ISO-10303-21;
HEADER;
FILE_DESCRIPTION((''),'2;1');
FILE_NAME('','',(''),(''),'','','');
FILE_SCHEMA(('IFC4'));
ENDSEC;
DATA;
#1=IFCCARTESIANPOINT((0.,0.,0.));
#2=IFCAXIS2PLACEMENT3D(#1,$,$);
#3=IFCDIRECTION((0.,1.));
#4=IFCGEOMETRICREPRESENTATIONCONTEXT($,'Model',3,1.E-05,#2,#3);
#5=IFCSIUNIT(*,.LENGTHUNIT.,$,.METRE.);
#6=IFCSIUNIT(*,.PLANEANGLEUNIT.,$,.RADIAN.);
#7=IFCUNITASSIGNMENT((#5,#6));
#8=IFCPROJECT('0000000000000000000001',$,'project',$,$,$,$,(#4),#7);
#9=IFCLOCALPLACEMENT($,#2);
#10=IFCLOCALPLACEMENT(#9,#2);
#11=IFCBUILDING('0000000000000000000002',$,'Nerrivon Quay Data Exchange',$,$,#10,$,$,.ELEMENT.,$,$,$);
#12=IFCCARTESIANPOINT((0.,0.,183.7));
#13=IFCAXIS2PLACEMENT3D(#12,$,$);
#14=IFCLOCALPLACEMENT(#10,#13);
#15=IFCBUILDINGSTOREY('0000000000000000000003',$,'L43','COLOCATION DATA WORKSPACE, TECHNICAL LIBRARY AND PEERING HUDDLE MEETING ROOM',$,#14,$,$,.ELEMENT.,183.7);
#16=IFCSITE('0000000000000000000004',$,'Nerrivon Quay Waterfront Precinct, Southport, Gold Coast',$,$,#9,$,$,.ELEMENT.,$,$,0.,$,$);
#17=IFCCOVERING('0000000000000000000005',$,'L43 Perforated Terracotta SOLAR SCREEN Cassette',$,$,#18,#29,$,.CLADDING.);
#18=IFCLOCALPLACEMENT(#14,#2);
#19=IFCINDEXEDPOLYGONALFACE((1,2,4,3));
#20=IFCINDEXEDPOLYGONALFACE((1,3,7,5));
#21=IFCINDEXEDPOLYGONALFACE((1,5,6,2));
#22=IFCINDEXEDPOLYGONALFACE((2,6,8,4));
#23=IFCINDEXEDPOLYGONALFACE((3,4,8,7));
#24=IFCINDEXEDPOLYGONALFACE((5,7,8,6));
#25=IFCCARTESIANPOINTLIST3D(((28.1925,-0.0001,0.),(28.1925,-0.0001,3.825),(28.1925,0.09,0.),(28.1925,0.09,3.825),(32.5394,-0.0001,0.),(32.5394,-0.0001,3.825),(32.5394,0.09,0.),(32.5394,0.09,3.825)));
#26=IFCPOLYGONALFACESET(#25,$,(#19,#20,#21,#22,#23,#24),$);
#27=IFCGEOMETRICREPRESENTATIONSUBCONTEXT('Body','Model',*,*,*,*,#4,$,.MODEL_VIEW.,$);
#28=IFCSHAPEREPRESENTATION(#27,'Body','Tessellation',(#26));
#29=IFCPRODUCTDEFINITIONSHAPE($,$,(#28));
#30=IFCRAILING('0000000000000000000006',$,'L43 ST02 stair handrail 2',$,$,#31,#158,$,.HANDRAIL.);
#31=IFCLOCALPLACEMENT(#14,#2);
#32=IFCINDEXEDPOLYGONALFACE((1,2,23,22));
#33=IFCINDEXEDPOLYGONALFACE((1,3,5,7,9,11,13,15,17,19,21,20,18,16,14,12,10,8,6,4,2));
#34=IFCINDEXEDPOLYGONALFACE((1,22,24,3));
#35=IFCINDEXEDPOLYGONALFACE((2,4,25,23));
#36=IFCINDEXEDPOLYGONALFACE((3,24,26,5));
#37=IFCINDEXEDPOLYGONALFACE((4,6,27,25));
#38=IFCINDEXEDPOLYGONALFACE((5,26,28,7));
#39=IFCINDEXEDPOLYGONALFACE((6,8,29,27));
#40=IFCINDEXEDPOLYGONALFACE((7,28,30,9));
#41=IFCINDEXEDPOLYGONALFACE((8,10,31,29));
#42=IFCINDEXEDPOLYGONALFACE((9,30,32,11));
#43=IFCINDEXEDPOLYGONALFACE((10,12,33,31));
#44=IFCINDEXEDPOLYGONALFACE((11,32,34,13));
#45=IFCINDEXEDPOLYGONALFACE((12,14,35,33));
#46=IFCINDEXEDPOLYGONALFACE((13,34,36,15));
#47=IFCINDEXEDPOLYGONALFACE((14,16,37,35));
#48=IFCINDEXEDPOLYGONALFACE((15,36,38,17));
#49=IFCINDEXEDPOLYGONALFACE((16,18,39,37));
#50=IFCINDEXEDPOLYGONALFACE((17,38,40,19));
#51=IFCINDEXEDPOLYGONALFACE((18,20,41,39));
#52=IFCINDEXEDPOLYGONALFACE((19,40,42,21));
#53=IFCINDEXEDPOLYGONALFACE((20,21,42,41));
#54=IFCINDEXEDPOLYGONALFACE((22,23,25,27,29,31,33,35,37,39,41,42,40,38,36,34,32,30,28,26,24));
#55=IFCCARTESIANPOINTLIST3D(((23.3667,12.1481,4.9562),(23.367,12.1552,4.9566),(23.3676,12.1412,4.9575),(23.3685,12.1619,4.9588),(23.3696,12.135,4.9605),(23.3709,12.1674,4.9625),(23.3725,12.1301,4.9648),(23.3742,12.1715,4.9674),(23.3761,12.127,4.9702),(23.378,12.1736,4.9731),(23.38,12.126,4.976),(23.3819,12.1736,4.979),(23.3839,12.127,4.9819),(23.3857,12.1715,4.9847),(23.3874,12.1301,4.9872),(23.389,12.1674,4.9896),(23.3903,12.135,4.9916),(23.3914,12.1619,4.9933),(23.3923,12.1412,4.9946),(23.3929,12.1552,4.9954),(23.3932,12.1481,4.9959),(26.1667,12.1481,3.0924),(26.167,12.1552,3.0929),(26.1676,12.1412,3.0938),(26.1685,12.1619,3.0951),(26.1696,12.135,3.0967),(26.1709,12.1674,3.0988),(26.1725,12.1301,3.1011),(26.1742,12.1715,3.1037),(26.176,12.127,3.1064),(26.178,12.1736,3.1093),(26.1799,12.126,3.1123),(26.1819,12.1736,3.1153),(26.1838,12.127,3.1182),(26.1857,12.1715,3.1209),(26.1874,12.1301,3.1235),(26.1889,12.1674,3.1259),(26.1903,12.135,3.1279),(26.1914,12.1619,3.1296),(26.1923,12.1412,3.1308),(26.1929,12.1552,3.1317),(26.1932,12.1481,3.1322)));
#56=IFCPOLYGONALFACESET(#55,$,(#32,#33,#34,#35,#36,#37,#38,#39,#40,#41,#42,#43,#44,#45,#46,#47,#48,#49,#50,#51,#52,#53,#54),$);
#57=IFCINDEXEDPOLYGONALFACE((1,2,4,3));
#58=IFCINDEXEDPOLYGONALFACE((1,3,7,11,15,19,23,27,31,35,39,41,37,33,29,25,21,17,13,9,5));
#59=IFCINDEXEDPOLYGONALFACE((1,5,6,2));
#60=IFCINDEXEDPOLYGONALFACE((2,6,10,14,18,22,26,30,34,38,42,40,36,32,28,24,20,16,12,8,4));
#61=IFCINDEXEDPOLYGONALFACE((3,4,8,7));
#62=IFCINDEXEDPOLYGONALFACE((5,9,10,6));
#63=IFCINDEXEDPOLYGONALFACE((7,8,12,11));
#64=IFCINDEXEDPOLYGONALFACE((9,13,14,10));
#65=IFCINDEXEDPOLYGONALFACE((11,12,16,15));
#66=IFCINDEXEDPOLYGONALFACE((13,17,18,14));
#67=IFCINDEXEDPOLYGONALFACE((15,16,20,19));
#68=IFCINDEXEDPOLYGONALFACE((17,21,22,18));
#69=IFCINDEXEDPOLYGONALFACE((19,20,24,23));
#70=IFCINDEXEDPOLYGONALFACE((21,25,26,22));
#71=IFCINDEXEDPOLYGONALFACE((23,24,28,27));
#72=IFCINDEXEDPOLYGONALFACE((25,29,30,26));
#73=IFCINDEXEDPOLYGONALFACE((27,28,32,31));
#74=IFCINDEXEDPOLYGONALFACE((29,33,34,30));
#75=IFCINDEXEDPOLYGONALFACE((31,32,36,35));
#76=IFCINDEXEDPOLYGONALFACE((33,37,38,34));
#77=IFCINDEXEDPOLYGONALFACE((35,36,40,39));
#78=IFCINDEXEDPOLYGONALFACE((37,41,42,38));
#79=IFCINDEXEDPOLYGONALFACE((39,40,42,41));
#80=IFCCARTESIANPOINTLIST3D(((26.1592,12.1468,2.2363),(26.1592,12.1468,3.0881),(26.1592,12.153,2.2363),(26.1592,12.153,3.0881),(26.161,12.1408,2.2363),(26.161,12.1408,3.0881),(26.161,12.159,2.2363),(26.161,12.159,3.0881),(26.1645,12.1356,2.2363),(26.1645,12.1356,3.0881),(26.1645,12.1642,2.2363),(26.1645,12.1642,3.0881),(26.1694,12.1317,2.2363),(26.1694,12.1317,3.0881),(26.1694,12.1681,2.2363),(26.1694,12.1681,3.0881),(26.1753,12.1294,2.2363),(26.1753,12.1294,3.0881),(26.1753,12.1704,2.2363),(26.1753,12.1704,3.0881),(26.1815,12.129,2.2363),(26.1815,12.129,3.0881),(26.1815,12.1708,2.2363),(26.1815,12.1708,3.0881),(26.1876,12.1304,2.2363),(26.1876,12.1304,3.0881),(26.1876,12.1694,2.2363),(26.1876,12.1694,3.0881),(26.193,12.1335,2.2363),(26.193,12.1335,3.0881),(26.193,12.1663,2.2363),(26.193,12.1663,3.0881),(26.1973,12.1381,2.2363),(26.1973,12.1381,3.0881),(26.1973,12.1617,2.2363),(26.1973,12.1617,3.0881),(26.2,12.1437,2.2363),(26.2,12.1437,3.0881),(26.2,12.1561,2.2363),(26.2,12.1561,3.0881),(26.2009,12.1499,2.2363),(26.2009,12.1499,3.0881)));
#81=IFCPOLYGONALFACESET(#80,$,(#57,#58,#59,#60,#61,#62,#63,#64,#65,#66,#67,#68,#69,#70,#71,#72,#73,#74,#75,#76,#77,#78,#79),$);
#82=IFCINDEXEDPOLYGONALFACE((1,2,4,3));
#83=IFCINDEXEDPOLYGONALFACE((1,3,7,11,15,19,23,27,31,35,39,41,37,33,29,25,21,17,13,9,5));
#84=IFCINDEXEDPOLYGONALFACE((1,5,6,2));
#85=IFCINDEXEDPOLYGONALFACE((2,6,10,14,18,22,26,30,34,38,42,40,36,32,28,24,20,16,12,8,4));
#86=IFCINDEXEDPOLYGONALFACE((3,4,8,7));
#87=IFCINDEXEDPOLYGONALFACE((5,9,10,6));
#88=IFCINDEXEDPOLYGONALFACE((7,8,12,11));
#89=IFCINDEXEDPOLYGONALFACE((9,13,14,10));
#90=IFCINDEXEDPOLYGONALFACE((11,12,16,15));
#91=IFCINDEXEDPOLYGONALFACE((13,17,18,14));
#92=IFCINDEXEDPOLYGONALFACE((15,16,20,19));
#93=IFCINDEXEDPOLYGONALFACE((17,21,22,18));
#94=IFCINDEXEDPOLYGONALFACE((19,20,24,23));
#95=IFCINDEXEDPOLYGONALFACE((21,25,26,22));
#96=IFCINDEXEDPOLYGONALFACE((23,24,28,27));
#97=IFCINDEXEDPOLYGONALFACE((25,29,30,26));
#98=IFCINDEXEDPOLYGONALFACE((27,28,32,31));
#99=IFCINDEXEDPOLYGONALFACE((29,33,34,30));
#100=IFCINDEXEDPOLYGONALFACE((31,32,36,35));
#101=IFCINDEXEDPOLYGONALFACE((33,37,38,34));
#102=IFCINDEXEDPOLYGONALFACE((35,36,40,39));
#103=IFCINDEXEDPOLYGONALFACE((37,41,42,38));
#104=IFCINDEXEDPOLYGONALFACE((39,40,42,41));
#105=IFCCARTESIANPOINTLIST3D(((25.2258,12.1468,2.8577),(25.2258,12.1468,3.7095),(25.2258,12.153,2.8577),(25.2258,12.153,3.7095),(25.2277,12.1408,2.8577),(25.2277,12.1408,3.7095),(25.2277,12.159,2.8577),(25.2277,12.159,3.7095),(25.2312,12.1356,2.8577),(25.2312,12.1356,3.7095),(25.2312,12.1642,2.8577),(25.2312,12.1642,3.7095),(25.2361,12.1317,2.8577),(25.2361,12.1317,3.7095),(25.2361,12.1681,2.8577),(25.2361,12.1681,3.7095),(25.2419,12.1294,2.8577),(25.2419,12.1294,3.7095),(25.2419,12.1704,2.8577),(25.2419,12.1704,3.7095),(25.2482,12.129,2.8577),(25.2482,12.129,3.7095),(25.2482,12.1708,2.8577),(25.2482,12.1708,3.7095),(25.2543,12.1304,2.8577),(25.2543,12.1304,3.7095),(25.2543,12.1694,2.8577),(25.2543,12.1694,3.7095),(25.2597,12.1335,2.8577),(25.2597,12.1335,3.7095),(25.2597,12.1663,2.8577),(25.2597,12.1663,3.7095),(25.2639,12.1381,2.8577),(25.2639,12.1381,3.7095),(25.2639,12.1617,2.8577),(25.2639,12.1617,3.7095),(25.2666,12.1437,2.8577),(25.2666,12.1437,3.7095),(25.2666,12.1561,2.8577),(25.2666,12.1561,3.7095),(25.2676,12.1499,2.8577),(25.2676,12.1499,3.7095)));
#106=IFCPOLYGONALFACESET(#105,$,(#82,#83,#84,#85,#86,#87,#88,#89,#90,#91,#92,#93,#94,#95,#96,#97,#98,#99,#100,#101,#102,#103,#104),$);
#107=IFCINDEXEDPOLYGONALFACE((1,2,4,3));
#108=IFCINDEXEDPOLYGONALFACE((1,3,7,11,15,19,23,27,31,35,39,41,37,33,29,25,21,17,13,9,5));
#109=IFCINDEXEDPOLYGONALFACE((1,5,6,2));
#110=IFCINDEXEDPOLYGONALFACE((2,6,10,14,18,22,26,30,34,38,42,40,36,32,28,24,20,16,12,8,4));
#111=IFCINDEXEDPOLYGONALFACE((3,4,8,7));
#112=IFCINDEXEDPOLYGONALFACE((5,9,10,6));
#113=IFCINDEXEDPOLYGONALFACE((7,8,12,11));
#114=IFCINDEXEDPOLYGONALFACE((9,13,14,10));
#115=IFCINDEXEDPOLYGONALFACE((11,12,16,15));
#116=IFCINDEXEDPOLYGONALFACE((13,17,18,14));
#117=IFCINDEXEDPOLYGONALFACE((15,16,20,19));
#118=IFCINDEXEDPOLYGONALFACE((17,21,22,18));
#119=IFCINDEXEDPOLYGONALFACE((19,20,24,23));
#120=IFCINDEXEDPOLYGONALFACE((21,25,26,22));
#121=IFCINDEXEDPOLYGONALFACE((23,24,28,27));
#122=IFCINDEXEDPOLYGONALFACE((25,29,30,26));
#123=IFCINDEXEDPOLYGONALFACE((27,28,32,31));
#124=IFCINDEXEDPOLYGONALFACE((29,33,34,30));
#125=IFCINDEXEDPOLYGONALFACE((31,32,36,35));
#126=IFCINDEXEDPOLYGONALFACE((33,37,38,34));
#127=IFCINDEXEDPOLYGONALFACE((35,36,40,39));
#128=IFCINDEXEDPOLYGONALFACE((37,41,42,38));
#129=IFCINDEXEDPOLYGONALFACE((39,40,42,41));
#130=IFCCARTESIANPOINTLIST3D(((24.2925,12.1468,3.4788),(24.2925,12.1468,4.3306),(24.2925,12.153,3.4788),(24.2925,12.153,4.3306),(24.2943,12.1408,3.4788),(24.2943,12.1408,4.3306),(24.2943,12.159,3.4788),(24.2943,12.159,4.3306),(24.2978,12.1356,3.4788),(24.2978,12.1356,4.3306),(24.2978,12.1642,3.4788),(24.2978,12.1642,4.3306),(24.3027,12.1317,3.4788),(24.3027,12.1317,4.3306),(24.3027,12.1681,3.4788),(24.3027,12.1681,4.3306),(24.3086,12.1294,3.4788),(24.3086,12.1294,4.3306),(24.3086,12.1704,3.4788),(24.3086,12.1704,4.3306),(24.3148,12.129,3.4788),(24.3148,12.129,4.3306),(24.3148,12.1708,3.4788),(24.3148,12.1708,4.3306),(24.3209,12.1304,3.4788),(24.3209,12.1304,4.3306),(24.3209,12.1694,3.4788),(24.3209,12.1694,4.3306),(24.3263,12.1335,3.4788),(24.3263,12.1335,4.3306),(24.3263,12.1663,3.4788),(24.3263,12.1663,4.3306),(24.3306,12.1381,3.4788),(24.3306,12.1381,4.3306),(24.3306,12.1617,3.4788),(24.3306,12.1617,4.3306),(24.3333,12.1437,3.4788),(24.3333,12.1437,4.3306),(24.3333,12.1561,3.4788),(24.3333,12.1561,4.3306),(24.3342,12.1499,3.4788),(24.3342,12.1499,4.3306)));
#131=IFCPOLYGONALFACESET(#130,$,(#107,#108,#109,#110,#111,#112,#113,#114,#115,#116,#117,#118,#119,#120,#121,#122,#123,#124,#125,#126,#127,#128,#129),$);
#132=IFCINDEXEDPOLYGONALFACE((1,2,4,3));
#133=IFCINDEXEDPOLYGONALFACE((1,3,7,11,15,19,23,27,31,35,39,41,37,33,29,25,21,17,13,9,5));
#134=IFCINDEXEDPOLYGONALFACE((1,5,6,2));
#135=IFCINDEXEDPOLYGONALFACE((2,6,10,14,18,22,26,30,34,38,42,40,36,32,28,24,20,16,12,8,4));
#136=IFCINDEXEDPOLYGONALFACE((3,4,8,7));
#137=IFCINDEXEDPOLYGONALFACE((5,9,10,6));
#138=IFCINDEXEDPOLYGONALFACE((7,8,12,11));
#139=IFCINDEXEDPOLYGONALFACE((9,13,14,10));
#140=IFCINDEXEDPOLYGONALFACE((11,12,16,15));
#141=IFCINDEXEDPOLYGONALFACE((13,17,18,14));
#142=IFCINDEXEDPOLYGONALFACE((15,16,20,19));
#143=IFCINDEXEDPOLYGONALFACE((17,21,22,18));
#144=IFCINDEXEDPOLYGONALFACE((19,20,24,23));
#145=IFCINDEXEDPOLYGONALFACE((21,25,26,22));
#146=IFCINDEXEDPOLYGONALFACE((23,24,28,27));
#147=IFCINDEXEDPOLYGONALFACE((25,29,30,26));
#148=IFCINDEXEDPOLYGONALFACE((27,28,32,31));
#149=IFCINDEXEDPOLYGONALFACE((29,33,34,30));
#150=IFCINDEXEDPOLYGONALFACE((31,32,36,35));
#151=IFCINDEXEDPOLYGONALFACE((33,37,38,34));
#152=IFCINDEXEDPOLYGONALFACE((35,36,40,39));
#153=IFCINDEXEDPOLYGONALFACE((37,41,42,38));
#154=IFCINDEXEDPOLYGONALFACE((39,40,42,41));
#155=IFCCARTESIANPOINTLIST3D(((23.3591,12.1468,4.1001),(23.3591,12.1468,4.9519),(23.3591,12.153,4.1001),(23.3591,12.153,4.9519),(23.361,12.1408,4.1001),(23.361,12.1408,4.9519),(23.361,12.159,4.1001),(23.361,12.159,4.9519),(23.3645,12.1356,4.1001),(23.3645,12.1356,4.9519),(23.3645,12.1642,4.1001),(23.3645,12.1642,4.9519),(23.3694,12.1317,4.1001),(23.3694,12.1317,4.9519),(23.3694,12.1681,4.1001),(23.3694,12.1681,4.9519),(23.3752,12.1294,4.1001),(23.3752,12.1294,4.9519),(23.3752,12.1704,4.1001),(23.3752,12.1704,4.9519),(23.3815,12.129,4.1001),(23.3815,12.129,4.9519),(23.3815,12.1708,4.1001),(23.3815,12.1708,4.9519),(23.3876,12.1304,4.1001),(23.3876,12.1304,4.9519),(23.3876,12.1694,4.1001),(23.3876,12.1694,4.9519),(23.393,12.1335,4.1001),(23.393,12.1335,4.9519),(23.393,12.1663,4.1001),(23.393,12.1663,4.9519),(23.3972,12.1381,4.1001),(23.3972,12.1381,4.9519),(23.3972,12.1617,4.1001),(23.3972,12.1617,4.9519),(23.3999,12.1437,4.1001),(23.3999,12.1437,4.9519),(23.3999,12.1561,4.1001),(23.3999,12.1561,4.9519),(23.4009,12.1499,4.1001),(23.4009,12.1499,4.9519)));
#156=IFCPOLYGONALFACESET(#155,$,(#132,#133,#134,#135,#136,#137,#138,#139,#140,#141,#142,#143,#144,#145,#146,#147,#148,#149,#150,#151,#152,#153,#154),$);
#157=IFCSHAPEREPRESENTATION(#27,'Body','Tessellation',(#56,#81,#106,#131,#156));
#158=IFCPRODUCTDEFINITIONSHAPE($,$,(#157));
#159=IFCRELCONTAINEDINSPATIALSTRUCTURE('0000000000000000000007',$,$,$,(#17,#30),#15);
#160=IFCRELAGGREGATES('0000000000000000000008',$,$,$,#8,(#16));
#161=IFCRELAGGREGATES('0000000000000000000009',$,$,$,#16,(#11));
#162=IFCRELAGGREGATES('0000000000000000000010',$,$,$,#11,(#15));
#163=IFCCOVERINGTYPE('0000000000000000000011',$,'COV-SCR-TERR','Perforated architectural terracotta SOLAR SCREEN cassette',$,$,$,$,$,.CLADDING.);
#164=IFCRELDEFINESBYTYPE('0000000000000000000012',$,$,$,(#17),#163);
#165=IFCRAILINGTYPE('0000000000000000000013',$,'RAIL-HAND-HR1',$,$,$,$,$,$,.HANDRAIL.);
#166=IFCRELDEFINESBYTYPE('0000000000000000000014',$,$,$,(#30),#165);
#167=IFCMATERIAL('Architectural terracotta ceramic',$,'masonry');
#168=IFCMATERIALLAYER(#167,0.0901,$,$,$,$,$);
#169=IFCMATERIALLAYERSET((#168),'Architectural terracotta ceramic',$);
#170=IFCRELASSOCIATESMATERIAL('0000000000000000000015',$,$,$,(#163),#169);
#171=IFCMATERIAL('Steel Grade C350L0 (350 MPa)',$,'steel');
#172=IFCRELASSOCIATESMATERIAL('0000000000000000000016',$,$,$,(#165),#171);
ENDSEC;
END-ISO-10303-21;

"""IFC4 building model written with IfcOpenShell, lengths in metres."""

from ifc_helpers import new_model, si_unit, direction, frame, origin, origin_2d, place, context, subcontext, project, spatial, rectangle, circle, extrude, material, layer, layer_set, type_object, element, save


model = new_model("IFC4")

# Units and contexts
model_context = context("Model", 3, precision=1e-05, world=origin(), true_north=direction((0.0, 1.0)))
body_context = subcontext(model_context, "Body", "Model", "MODEL_VIEW")
ifc_project = project(units=[si_unit("LENGTHUNIT", "METRE"), si_unit("PLANEANGLEUNIT", "RADIAN")], contexts=[model_context])

# Site, building, storey
site_placement = place(None, origin())
site = spatial("IfcSite", under=ifc_project, at=site_placement, Name="Nerrivon Quay Waterfront Precinct, Southport, Gold Coast", CompositionType="ELEMENT", RefElevation=0.0)
building_placement = place(site_placement, origin())
building = spatial("IfcBuilding", under=site, at=building_placement, Name="Nerrivon Quay Data Exchange", CompositionType="ELEMENT")
storey_placement = place(building_placement, frame((0.0, 0.0, 183.7)))
storey = spatial("IfcBuildingStorey", under=building, at=storey_placement, Name="L43", Description="COLOCATION DATA WORKSPACE, TECHNICAL LIBRARY AND PEERING HUDDLE MEETING ROOM", CompositionType="ELEMENT", Elevation=183.7)

# Shared definitions
ifc_material_1 = material(Name="Steel Grade C350L0 (350 MPa)", Category="steel")

# Covering
ifc_material_2 = material(Name="Architectural terracotta ceramic", Category="masonry")
ifc_layer_1 = layer(ifc_material_2, 0.0901)
ifc_layer_set_1 = layer_set([ifc_layer_1], Name="Architectural terracotta ceramic")
covering_type = type_object("IfcCoveringType", Name="COV-SCR-TERR", Description="Perforated architectural terracotta SOLAR SCREEN cassette", PredefinedType="CLADDING", material=ifc_layer_set_1)
covering_placement = place(storey_placement, frame((30.366, 0.0449, 0.0), z_axis=(0.0, 0.0, 1.0), x_axis=(-1.0, 0.0, 0.0)))
element("IfcCovering", 1, at=covering_placement, inside=storey, type_object=covering_type, Name="L43 Perforated Terracotta SOLAR SCREEN Cassette", PredefinedType="CLADDING", context=body_context, shape_type="SweptSolid", body=[
    extrude(rectangle(XDim=4.3469, YDim=0.0901, at=origin_2d()), origin(), (0.0, 0.0, 1.0), 3.825),
])

# Railing
railing_type_1 = type_object("IfcRailingType", Name="RAIL-HAND-HR1", PredefinedType="HANDRAIL", material=ifc_material_1)
railing_1_placement = place(storey_placement, frame((26.1799, 12.1499, 2.2363)))
element("IfcRailing", 2, at=railing_1_placement, inside=storey, type_object=railing_type_1, Name="L43 ST02 stair handrail 2", PredefinedType="HANDRAIL", context=body_context, shape_type="SweptSolid", body=[
    extrude(circle(Radius=0.0239, at=origin_2d()), frame((0.0, 0.0, 0.876), z_axis=(-0.832452, 0.0, 0.554097), x_axis=(0.0, -1.0, 0.0)), (0.0, 0.0, 1.0), 3.3635),
    extrude(circle(Radius=0.021, at=origin_2d()), origin(), (0.0, 0.0, 1.0), 0.8518),
    extrude(circle(Radius=0.021, at=origin_2d()), frame((-0.9333, 0.0, 0.6213)), (0.0, 0.0, 1.0), 0.8518),
    extrude(circle(Radius=0.021, at=origin_2d()), frame((-1.8667, 0.0, 1.2424)), (0.0, 0.0, 1.0), 0.8518),
    extrude(circle(Radius=0.021, at=origin_2d()), frame((-2.8, 0.0, 1.8638)), (0.0, 0.0, 1.0), 0.8518),
])

save(model, "model.ifc")
